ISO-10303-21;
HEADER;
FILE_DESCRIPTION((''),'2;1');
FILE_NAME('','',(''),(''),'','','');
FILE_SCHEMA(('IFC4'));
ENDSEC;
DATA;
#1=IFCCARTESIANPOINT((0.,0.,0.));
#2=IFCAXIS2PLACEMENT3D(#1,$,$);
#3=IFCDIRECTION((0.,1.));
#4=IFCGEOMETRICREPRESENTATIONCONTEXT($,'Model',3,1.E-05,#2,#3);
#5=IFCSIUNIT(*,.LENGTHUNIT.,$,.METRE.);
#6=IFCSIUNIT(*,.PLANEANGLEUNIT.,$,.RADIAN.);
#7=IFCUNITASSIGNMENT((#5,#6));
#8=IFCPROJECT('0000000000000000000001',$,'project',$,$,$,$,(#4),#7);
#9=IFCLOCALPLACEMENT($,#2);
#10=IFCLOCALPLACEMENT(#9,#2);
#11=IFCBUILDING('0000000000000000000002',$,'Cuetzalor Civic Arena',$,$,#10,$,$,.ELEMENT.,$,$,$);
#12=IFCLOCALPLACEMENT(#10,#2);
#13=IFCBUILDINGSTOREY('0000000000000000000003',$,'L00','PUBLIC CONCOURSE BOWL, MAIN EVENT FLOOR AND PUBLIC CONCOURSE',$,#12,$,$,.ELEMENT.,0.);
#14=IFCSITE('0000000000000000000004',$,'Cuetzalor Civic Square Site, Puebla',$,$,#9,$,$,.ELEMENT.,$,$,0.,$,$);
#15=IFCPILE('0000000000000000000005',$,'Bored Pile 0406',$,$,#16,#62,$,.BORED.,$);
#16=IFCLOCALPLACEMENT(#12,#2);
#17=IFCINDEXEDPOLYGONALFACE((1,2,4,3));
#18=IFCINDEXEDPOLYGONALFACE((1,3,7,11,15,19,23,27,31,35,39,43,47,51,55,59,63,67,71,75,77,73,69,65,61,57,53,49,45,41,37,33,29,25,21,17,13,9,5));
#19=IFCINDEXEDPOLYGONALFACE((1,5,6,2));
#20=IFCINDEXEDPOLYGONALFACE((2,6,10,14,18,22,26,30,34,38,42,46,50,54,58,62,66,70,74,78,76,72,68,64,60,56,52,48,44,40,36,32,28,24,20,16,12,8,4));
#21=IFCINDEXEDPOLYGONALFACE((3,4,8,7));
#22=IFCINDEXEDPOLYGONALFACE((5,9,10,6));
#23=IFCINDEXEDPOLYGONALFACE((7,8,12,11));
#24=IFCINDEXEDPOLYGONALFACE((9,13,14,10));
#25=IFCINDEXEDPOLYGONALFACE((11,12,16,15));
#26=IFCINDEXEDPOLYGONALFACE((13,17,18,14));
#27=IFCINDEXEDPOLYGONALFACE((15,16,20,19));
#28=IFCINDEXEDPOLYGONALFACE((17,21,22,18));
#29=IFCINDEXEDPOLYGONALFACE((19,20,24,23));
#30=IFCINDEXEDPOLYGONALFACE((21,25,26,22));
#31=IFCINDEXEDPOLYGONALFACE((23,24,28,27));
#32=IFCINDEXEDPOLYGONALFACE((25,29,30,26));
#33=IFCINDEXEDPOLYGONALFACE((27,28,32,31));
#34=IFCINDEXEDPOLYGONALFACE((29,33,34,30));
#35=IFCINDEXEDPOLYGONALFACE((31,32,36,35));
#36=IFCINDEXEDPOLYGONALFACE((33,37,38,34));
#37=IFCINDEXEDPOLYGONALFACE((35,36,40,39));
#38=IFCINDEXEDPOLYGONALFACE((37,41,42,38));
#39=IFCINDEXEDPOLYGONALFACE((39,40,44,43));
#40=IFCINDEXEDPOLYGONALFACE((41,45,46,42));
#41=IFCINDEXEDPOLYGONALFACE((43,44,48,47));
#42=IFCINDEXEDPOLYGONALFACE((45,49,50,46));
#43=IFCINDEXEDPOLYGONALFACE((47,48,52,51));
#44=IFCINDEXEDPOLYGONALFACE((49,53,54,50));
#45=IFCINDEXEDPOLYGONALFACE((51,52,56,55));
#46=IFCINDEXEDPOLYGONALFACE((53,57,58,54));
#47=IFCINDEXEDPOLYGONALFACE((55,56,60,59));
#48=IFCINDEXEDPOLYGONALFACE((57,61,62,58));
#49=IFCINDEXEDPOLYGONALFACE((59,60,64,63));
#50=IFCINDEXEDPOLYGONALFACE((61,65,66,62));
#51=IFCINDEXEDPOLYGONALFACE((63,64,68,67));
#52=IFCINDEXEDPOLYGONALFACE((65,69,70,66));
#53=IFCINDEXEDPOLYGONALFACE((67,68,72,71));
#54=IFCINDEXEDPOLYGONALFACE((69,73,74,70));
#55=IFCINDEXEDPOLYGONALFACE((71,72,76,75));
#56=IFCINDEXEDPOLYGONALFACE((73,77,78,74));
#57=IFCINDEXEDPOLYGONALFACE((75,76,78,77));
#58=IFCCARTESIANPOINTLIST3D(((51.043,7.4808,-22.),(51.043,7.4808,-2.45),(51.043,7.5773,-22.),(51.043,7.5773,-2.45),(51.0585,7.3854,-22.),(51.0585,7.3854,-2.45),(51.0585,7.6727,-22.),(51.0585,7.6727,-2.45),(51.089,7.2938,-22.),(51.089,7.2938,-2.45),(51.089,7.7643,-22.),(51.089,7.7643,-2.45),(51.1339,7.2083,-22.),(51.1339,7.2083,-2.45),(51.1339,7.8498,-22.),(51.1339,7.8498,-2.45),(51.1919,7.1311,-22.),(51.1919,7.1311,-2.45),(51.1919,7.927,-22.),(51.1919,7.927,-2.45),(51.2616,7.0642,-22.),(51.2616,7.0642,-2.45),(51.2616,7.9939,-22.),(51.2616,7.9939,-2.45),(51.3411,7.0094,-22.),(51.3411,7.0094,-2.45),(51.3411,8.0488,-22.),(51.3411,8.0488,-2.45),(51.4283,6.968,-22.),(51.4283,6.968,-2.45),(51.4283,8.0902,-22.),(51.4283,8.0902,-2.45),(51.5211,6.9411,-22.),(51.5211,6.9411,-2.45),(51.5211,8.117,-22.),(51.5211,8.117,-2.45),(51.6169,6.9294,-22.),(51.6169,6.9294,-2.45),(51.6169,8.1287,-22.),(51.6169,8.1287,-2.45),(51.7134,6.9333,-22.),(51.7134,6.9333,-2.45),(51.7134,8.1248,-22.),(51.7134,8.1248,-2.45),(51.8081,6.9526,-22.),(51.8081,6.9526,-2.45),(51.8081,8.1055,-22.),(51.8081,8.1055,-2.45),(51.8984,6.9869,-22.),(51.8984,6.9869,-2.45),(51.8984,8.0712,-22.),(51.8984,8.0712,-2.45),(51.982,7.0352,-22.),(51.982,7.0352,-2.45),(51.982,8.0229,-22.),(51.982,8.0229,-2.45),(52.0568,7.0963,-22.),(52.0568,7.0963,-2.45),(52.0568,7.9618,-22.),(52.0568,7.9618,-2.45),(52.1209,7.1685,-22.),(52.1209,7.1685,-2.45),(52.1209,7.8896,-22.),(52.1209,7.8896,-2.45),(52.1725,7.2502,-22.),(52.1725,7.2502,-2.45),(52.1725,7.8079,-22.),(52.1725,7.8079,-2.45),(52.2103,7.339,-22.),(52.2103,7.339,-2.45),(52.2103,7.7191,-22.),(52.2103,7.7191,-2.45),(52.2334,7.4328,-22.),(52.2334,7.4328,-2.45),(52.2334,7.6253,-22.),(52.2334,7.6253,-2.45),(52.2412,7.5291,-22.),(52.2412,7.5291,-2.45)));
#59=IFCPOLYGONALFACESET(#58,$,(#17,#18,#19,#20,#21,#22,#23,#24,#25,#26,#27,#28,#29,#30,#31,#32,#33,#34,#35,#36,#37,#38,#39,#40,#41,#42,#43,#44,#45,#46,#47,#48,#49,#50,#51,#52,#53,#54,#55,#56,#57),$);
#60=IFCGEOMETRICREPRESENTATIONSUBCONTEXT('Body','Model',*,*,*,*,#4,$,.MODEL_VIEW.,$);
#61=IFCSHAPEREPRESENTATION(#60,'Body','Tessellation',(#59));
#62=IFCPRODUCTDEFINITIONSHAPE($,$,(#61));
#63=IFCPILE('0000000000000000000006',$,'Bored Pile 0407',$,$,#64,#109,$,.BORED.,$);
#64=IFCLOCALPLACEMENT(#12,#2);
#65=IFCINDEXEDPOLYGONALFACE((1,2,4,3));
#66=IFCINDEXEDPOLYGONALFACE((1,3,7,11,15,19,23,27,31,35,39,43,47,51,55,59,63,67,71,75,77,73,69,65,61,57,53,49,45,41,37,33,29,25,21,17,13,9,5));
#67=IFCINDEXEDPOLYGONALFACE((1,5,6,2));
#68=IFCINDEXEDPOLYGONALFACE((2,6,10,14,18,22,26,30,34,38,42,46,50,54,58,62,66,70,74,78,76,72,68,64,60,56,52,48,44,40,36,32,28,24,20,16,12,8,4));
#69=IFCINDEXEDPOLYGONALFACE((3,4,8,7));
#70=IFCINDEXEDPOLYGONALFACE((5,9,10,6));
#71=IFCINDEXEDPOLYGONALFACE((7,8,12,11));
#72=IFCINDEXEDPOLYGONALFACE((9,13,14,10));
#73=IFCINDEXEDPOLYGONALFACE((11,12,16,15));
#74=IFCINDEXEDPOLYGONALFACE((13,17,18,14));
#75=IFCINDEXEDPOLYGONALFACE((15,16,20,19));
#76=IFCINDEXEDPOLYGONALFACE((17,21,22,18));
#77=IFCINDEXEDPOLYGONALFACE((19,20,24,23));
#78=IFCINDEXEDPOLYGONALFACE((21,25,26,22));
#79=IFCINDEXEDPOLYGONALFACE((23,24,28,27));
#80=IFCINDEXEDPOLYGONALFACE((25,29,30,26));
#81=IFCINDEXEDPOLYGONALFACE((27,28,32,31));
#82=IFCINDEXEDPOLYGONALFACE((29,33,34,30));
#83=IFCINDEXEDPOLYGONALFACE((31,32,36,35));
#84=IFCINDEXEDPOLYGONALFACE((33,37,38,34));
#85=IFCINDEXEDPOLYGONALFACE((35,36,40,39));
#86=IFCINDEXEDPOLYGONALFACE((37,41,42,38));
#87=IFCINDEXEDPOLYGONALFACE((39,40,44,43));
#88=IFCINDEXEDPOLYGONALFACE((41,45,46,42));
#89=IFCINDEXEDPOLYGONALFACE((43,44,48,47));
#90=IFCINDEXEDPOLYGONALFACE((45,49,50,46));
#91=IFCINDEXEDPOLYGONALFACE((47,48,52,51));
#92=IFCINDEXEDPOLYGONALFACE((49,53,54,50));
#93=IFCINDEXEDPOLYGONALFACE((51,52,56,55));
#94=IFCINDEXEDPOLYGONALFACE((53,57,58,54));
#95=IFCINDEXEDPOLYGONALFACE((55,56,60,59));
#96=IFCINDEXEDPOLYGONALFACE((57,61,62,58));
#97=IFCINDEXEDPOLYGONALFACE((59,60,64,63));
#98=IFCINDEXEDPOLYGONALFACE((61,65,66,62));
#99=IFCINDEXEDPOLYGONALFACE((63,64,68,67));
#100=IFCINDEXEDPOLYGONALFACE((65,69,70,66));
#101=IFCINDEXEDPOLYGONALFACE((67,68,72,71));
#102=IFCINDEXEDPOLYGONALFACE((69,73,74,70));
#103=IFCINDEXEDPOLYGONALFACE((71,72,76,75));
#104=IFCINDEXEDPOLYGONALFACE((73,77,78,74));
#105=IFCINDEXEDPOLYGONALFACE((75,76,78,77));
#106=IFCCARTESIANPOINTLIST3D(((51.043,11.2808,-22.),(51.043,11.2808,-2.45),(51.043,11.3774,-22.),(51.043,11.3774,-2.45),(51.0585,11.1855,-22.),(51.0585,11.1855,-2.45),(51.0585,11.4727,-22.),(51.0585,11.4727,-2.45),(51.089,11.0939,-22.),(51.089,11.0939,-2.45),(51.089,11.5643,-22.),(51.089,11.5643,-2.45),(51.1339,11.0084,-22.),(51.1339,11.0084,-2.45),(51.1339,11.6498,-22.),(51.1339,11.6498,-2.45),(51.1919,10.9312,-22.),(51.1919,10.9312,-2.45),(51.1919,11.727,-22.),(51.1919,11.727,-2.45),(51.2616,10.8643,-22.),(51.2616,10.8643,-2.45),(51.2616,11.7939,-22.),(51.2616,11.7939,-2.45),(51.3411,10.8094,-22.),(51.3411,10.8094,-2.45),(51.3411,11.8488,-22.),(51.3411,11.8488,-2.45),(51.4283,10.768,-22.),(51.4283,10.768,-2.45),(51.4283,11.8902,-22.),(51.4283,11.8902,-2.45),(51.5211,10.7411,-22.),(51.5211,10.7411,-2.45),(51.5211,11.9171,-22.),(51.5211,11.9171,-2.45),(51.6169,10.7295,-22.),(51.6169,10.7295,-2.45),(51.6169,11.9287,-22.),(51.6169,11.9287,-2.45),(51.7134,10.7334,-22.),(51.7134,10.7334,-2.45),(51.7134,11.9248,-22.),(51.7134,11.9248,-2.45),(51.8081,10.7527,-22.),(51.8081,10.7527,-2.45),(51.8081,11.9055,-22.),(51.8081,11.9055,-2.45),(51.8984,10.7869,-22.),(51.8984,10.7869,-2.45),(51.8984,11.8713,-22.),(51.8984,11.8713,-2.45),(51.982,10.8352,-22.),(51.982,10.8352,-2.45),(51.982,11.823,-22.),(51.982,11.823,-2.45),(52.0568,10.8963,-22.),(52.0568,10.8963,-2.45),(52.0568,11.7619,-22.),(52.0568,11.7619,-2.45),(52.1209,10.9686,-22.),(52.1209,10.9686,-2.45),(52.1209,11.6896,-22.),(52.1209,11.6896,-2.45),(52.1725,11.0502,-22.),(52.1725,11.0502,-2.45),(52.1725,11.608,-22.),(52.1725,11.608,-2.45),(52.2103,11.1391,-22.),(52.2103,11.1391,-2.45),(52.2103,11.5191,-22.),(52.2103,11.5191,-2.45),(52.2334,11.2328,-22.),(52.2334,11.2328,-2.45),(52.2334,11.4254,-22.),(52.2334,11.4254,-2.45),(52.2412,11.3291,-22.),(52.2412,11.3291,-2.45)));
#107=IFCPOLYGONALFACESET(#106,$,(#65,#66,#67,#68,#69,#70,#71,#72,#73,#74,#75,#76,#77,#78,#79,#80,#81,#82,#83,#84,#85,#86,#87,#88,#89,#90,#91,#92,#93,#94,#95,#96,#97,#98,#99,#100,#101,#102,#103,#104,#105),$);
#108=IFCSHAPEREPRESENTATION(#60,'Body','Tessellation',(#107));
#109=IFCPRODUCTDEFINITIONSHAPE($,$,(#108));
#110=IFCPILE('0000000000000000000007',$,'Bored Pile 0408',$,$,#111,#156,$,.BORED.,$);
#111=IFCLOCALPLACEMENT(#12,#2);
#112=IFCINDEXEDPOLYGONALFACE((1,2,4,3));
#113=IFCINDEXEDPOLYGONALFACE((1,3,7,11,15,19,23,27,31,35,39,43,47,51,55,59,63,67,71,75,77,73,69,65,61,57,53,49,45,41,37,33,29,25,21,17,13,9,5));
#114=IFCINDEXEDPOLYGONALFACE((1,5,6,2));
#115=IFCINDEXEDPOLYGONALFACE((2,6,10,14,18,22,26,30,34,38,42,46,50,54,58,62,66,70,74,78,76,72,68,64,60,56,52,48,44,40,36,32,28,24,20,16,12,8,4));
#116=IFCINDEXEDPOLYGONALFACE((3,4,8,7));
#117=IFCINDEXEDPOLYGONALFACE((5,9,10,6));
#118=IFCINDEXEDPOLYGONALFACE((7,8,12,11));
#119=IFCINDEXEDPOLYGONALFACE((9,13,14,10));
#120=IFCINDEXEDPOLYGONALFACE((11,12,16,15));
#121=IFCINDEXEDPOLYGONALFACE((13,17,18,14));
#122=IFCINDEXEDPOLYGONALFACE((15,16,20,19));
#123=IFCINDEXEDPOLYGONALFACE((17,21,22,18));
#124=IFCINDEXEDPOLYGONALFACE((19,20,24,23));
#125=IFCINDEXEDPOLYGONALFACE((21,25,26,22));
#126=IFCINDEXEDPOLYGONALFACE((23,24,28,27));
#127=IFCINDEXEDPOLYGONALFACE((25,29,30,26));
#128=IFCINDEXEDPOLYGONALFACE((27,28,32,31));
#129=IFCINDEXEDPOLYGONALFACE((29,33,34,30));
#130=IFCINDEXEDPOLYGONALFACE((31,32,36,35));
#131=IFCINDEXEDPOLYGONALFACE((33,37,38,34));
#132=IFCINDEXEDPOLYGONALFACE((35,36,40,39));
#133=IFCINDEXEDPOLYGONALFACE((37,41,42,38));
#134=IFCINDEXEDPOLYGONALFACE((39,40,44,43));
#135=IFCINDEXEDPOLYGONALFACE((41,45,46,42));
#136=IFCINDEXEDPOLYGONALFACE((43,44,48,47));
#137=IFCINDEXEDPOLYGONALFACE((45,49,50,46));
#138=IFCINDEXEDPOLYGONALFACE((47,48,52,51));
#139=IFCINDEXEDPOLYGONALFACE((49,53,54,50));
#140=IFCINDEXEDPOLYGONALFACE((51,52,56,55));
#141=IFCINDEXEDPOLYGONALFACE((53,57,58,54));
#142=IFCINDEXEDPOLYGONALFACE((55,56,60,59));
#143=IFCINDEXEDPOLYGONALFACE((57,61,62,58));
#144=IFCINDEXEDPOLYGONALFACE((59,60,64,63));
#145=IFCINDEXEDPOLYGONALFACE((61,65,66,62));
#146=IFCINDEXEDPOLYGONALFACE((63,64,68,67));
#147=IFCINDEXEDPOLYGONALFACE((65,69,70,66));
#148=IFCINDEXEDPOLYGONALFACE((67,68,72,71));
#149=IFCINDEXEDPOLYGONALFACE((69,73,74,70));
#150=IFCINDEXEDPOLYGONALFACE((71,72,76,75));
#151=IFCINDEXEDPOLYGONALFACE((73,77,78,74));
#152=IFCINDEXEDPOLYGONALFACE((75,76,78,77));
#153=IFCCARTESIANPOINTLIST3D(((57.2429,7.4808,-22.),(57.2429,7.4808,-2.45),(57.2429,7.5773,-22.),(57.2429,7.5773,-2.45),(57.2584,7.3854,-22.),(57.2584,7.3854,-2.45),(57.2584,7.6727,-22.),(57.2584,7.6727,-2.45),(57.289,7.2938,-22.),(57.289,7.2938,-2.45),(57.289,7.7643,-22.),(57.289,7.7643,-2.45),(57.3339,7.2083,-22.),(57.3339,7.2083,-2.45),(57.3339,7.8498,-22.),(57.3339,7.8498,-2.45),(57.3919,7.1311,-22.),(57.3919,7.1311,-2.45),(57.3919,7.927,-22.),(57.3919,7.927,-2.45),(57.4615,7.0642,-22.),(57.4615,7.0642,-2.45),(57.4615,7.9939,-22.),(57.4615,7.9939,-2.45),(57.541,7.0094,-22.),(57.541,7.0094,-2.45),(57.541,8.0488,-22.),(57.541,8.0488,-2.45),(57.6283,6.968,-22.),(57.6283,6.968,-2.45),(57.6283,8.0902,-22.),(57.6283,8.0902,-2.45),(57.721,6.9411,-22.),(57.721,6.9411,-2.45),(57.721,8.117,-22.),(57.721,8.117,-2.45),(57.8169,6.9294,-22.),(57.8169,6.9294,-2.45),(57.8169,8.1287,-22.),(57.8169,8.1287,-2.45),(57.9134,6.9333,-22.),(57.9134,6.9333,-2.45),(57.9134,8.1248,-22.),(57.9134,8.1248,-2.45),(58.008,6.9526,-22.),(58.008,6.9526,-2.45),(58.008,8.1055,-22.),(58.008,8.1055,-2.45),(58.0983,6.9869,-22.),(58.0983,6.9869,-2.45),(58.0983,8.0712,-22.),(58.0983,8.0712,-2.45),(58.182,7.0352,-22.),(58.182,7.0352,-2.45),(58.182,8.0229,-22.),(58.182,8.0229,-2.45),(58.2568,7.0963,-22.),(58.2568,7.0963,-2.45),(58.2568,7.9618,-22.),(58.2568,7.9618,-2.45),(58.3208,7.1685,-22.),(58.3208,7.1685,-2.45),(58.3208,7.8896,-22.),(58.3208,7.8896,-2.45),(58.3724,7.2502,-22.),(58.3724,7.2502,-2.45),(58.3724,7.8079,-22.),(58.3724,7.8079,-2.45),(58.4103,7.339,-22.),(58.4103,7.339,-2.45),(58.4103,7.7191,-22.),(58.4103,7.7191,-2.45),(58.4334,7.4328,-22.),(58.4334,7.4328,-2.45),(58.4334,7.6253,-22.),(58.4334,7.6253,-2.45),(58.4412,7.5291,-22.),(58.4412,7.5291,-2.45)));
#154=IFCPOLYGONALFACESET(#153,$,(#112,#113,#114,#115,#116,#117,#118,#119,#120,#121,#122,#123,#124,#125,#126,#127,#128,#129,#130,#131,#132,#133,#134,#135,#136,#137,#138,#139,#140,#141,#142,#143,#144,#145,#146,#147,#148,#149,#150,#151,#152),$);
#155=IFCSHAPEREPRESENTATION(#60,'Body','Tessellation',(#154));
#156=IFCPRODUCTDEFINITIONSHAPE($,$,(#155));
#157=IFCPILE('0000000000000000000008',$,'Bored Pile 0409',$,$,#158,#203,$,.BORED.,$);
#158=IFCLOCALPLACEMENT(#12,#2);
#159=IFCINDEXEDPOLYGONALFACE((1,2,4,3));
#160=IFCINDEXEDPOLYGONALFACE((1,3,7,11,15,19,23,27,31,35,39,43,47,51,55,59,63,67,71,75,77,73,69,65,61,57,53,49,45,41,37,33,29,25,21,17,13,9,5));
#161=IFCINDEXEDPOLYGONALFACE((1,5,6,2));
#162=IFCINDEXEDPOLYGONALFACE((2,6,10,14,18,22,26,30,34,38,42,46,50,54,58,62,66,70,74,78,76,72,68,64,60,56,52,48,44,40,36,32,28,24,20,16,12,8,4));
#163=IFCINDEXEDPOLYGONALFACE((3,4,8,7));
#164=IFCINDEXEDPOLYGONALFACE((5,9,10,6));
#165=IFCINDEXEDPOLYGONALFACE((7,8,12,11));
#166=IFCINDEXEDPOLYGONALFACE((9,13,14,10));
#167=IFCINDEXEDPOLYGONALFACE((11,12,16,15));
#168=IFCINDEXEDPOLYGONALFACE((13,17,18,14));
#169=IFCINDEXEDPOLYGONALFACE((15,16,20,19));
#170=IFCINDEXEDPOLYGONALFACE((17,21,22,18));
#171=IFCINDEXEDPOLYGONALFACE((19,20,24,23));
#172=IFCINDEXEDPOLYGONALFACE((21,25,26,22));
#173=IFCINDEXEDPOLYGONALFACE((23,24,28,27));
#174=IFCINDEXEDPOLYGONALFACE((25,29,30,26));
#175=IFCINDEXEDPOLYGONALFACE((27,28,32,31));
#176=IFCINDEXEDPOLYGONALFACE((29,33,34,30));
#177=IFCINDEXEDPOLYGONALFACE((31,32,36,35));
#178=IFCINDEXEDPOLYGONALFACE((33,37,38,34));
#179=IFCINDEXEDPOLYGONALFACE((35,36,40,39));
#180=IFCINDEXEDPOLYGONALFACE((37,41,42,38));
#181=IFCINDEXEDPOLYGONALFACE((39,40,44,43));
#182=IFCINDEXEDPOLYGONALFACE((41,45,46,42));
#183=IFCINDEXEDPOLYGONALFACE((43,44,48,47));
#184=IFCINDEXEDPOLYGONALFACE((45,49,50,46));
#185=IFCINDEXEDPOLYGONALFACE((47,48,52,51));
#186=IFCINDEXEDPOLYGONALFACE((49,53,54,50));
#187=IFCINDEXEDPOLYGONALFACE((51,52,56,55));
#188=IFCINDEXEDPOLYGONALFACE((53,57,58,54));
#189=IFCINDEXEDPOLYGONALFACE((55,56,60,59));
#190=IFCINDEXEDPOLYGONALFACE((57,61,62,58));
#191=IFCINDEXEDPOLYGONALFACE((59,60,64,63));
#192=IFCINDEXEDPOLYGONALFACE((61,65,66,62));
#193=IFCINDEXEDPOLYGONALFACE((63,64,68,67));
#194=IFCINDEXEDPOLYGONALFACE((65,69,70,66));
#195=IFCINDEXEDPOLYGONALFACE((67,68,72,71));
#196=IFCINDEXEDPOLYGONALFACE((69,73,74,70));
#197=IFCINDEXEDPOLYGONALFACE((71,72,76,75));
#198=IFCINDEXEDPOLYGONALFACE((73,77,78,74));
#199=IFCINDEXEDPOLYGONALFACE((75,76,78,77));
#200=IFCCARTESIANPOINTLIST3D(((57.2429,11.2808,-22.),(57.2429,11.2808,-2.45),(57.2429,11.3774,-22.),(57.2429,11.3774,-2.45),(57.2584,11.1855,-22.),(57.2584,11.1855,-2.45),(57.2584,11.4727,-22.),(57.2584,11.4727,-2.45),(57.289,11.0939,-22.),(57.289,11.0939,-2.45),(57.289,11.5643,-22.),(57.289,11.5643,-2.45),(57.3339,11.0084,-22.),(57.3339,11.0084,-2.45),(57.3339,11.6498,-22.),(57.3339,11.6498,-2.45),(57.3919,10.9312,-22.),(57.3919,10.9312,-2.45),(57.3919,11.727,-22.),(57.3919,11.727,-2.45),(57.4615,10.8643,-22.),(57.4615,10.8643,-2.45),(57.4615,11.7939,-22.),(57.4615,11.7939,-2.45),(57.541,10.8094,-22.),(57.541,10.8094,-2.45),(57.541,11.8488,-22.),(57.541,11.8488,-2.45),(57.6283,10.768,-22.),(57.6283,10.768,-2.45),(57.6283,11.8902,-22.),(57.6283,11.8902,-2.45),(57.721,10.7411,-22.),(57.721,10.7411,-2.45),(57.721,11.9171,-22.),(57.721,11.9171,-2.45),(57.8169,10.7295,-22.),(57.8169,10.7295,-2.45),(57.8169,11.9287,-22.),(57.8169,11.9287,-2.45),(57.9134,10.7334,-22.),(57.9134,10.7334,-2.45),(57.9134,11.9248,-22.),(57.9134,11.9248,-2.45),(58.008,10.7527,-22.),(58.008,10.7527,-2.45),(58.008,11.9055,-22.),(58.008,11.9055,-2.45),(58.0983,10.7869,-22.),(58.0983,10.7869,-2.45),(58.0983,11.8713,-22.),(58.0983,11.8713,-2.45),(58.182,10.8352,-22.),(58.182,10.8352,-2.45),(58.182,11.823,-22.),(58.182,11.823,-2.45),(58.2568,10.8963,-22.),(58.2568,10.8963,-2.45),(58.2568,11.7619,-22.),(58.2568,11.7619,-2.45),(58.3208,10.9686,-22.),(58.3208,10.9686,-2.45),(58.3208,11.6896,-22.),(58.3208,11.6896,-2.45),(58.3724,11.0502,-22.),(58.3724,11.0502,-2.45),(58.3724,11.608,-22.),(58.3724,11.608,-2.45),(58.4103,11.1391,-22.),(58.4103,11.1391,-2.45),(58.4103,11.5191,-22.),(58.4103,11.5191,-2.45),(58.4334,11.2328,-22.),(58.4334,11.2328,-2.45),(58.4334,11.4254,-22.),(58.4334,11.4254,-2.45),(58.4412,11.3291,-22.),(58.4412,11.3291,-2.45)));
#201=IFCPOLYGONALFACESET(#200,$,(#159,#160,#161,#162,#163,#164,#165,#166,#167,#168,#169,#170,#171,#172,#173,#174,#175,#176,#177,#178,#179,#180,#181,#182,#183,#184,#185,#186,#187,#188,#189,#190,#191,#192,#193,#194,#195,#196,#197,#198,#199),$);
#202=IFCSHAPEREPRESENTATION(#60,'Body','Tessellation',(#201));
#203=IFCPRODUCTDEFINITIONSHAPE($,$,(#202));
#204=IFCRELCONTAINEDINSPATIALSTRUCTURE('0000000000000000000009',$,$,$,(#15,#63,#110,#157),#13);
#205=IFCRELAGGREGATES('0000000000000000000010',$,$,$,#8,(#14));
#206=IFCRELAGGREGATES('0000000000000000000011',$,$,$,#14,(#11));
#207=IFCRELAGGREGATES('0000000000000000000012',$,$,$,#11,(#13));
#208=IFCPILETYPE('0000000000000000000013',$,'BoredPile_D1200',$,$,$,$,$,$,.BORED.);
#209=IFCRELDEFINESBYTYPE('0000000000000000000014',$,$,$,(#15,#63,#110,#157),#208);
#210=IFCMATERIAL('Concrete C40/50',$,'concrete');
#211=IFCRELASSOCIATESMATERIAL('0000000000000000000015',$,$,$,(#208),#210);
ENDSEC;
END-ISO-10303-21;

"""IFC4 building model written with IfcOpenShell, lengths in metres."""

from ifc_helpers import new_model, si_unit, direction, frame, origin, origin_2d, place, context, subcontext, project, spatial, circle, extrude, material, material_profile, profile_set, type_object, element, save


model = new_model("IFC4")

# Units and contexts
model_context = context("Model", 3, precision=1e-05, world=origin(), true_north=direction((0.0, 1.0)))
body_context = subcontext(model_context, "Body", "Model", "MODEL_VIEW")
ifc_project = project(units=[si_unit("LENGTHUNIT", "METRE"), si_unit("PLANEANGLEUNIT", "RADIAN")], contexts=[model_context])

# Site, building, storey
site_placement = place(None, origin())
site = spatial("IfcSite", under=ifc_project, at=site_placement, Name="Cuetzalor Civic Square Site, Puebla", CompositionType="ELEMENT", RefElevation=0.0)
building_placement = place(site_placement, origin())
building = spatial("IfcBuilding", under=site, at=building_placement, Name="Cuetzalor Civic Arena", CompositionType="ELEMENT")
storey_placement = place(building_placement, origin())
storey = spatial("IfcBuildingStorey", under=building, at=storey_placement, Name="L00", Description="PUBLIC CONCOURSE BOWL, MAIN EVENT FLOOR AND PUBLIC CONCOURSE", CompositionType="ELEMENT", Elevation=0.0)

# Piles
ifc_material_1 = material(Name="Concrete C40/50", Category="concrete")
ifc_material_profile_1 = material_profile(ifc_material_1, circle(Radius=0.6001, at=origin_2d()), Name="BORED PILE D1200")
ifc_profile_set_1 = profile_set([ifc_material_profile_1], Name="Concrete C40/50")
pile_type_1 = type_object("IfcPileType", Name="BoredPile_D1200", PredefinedType="BORED", material=ifc_profile_set_1)
for number, where, z_axis, x_axis, name in (
    (1, (51.6411, 7.5291, -2.45), (0.0, 0.0, -1.0), (1.0, 0.0, 0.0), "Bored Pile 0406"),
    (2, (51.6411, 11.3291, -2.45), (0.0, 0.0, -1.0), (1.0, 0.0, 0.0), "Bored Pile 0407"),
    (3, (57.8411, 7.5291, -2.45), (0.0, 0.0, -1.0), (1.0, 0.0, 0.0), "Bored Pile 0408"),
    (4, (57.8411, 11.3291, -2.45), (0.0, 0.0, -1.0), (1.0, 0.0, 0.0), "Bored Pile 0409"),
):
    element("IfcPile", number, at=place(storey_placement, frame(where, z_axis=z_axis, x_axis=x_axis)), inside=storey, type_object=pile_type_1, Name=name, PredefinedType="BORED", context=body_context, shape_type="SweptSolid", body=[
        extrude(circle(Radius=0.6001, at=origin_2d()), origin(), (0.0, 0.0, 1.0), 19.55),
    ])

save(model, "model.ifc")
